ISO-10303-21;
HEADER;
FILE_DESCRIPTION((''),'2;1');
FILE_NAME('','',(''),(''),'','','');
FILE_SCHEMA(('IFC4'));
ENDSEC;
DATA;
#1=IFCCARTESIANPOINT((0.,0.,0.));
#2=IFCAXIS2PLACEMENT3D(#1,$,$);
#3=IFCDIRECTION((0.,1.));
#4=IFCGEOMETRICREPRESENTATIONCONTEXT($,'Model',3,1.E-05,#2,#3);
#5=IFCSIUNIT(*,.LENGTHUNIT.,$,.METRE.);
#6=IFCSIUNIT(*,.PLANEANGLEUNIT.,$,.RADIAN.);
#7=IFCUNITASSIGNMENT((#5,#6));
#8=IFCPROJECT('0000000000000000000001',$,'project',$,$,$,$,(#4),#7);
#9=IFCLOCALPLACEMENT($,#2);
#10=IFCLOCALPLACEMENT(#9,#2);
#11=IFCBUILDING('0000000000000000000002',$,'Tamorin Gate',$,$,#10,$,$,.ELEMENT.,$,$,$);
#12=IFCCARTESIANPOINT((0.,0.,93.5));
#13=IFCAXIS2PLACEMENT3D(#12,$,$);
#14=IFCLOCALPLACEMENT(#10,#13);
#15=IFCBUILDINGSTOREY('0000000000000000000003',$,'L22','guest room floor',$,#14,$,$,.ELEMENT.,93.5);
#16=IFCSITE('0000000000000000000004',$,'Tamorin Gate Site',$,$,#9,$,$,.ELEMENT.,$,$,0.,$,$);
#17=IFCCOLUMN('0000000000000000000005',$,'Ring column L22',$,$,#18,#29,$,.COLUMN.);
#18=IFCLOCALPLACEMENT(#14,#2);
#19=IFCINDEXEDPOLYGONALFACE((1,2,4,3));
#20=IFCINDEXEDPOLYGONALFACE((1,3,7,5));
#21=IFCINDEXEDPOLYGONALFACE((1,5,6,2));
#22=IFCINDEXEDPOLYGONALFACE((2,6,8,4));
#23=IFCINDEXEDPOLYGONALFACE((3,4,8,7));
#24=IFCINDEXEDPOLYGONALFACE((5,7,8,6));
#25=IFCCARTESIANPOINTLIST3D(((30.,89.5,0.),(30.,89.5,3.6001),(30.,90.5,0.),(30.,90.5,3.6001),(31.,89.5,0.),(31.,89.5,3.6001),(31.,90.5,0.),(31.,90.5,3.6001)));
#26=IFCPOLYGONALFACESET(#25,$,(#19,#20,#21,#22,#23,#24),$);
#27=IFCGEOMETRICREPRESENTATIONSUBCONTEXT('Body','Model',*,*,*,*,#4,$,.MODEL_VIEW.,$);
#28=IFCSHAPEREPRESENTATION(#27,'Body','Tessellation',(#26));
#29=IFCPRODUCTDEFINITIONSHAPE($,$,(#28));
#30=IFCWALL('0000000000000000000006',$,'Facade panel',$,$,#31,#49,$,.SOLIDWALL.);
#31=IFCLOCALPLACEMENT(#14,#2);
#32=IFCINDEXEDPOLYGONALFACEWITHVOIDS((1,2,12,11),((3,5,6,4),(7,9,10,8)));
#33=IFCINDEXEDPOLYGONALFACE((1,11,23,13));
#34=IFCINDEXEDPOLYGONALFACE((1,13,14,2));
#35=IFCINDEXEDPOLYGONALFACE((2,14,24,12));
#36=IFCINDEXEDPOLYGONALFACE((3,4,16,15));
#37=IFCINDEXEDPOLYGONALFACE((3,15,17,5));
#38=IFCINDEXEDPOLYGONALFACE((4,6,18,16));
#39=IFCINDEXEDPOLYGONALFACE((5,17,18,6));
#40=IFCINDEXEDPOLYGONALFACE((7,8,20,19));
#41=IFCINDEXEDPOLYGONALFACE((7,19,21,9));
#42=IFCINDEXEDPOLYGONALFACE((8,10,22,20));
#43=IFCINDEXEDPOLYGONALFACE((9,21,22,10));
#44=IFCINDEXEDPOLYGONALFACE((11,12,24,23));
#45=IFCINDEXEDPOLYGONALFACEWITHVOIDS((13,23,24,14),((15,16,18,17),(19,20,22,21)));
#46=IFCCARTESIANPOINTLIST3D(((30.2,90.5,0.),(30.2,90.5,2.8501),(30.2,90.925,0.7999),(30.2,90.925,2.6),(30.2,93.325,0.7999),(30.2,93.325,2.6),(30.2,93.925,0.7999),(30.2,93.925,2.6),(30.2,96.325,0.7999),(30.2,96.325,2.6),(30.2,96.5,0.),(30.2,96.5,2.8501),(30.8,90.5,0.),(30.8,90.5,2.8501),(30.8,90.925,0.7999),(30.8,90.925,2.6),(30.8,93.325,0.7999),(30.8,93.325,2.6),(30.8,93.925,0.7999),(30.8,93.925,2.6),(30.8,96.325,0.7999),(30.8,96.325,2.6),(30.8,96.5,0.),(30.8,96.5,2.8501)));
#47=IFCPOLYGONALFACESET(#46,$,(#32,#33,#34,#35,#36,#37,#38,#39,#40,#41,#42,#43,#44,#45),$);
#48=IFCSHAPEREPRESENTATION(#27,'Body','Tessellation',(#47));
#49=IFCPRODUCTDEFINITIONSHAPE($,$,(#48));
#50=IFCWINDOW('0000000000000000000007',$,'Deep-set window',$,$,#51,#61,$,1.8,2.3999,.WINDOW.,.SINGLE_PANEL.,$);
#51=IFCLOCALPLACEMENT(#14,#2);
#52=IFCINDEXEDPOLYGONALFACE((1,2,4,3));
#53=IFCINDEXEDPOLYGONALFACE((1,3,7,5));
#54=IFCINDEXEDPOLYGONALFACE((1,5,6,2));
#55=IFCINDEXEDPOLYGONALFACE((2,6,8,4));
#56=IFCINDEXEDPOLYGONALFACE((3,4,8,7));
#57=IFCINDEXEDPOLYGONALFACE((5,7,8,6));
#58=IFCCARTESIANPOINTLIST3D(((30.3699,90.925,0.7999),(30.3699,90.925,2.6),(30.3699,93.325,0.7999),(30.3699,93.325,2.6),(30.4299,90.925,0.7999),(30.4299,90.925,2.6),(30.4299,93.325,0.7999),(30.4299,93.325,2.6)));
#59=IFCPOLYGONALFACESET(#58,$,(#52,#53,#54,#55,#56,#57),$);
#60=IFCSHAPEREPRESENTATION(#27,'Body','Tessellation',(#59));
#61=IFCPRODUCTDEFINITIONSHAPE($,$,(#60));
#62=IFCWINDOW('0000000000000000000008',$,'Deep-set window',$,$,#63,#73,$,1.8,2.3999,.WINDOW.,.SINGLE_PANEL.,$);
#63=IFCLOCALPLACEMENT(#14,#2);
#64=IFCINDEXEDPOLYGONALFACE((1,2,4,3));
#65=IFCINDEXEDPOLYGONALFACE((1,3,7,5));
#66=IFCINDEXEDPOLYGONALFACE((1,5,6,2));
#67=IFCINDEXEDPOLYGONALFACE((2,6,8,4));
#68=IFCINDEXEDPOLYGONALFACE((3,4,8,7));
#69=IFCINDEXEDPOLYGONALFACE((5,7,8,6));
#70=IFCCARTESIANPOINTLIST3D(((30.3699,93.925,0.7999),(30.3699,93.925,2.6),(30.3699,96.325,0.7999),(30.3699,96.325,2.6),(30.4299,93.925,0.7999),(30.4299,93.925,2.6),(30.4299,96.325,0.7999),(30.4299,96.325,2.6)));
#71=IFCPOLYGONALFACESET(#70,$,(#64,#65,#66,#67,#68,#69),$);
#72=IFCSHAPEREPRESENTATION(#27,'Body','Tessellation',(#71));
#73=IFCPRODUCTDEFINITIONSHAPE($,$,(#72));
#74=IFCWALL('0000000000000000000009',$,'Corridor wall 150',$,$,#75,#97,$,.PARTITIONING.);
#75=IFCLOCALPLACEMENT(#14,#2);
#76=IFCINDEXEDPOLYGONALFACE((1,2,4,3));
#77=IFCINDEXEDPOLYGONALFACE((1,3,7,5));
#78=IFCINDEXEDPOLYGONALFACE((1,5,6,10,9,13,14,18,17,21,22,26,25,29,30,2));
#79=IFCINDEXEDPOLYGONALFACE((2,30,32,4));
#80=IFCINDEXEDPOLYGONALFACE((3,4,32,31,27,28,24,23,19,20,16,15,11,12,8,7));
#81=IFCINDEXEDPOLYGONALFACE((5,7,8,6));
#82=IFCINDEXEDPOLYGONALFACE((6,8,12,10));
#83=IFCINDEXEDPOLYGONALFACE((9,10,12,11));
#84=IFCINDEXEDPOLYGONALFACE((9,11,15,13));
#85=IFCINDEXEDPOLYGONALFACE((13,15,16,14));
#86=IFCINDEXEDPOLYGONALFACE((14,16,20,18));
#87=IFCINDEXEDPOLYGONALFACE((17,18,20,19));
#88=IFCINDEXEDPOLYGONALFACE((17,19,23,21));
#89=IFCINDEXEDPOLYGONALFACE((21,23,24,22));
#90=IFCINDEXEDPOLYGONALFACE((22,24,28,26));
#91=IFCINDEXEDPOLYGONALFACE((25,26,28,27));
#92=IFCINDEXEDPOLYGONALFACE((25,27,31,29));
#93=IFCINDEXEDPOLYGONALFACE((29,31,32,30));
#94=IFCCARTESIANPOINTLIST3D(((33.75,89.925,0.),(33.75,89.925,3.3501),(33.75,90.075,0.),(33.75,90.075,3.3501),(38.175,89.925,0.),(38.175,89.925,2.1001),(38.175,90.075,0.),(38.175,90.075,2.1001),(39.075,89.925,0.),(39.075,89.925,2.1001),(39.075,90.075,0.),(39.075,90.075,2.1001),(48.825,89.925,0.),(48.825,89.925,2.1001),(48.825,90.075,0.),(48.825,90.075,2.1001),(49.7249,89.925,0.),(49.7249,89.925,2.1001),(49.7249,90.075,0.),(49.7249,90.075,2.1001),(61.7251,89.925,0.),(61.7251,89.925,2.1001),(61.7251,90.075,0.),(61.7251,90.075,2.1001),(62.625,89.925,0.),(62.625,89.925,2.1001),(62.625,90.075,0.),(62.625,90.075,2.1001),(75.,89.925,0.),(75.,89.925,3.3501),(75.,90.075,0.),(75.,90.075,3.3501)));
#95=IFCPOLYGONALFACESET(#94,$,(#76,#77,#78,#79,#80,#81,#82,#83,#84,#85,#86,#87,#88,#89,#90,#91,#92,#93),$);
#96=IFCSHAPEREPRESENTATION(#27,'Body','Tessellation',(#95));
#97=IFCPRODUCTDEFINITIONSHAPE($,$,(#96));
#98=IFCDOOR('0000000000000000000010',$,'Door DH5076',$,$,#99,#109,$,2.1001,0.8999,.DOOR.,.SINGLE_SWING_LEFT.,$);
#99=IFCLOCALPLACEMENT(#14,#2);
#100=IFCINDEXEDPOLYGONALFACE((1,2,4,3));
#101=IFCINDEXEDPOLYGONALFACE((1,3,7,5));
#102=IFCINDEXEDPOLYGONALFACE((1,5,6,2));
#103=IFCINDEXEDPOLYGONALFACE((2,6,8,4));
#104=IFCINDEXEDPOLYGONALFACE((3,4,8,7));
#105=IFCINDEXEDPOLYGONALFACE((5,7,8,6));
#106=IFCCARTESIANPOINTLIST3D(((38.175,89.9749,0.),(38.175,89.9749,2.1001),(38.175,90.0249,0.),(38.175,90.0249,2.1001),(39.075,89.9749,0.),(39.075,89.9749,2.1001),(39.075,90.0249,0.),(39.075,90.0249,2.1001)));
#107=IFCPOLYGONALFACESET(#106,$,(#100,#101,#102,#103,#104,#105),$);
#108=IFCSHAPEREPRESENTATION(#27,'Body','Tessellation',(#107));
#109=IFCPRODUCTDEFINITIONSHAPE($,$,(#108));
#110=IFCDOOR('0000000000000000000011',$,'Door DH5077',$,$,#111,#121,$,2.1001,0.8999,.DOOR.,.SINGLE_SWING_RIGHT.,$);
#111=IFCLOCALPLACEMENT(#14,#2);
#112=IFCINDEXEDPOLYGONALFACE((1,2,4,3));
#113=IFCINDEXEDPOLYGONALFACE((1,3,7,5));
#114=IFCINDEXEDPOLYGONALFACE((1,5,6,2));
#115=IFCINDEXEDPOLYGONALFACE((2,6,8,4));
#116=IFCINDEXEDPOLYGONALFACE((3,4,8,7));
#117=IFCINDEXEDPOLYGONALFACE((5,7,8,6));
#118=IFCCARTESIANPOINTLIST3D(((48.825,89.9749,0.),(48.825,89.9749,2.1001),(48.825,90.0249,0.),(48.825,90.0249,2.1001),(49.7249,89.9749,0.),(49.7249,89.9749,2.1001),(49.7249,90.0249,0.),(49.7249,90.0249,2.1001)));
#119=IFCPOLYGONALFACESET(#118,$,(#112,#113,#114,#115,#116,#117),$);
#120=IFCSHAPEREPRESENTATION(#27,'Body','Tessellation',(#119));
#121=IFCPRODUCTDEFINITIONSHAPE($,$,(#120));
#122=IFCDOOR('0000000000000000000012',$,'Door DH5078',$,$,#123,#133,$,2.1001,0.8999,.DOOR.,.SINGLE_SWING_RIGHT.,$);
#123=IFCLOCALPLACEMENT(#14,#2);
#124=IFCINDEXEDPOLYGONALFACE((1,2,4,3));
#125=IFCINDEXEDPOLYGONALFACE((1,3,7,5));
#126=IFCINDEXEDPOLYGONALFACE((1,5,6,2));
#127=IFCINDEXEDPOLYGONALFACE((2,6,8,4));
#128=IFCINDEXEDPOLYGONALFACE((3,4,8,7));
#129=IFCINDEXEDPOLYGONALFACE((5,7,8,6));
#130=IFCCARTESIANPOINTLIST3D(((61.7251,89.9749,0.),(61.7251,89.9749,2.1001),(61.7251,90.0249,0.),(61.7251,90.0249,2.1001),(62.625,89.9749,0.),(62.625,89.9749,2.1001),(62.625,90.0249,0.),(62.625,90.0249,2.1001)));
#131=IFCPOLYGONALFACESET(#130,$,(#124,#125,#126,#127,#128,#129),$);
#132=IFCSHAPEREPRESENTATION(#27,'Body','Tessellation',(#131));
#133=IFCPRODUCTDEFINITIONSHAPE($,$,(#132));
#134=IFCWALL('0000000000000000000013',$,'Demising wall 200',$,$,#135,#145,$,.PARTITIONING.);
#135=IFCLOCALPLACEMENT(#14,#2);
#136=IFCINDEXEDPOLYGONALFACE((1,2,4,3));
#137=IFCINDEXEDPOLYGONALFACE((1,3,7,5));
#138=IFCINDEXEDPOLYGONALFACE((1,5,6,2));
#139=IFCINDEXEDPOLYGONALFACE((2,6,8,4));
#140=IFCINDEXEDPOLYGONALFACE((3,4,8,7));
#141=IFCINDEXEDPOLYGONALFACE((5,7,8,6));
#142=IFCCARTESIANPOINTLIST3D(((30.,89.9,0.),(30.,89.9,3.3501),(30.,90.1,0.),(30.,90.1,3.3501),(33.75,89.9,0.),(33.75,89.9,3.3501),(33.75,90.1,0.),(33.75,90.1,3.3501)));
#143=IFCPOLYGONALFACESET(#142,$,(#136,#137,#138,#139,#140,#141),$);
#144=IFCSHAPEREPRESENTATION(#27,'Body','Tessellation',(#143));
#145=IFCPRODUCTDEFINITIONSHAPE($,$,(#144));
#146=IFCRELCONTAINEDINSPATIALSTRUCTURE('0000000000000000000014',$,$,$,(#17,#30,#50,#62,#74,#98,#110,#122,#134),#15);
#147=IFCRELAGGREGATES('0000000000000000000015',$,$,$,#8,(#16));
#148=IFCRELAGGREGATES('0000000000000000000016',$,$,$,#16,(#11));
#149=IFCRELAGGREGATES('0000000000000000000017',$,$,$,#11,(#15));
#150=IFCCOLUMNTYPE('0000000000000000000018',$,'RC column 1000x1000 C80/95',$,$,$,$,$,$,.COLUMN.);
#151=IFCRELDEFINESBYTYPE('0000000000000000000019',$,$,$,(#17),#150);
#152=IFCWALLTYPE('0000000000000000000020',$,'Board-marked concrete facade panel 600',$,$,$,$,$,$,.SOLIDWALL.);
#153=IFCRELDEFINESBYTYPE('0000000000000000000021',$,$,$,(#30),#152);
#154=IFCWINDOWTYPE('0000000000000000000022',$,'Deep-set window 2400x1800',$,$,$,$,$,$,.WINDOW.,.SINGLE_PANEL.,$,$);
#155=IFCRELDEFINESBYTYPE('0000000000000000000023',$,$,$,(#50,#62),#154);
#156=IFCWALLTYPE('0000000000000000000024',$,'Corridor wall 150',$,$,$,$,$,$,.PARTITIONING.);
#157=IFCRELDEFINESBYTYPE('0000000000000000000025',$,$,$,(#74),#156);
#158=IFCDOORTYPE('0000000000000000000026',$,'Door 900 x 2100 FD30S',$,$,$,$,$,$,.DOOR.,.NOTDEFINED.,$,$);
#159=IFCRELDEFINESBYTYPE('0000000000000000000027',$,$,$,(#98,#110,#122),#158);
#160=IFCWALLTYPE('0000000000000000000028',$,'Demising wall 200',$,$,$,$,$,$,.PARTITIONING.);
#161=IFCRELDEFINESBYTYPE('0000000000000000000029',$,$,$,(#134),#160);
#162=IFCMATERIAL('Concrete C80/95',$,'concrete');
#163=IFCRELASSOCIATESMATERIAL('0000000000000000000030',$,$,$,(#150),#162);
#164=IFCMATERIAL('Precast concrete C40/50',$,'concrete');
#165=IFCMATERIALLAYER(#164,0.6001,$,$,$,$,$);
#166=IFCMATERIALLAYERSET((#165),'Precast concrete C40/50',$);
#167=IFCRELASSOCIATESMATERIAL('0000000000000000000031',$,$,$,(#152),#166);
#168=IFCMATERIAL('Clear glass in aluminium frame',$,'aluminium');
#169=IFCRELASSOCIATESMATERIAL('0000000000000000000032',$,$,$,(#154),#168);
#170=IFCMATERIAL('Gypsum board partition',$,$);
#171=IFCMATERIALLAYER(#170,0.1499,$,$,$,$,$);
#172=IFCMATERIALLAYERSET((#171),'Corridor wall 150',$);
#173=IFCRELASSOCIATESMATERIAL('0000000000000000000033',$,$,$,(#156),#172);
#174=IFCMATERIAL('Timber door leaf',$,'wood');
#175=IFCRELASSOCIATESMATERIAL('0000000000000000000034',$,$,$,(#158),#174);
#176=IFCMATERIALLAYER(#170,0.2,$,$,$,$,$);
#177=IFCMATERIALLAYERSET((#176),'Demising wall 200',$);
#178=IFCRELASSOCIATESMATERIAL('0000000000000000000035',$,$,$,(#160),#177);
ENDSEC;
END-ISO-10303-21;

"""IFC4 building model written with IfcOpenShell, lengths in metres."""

from ifc_helpers import new_model, si_unit, direction, frame, frame_2d, origin, origin_2d, place, context, subcontext, project, spatial, rectangle, extrude, material, layer, layer_set, material_profile, profile_set, type_object, element, fill, save


model = new_model("IFC4")

# Units and contexts
model_context = context("Model", 3, precision=1e-05, world=origin(), true_north=direction((0.0, 1.0)))
body_context = subcontext(model_context, "Body", "Model", "MODEL_VIEW")
ifc_project = project(units=[si_unit("LENGTHUNIT", "METRE"), si_unit("PLANEANGLEUNIT", "RADIAN")], contexts=[model_context])

# Site, building, storey
site_placement = place(None, origin())
site = spatial("IfcSite", under=ifc_project, at=site_placement, Name="Tamorin Gate Site", CompositionType="ELEMENT", RefElevation=0.0)
building_placement = place(site_placement, origin())
building = spatial("IfcBuilding", under=site, at=building_placement, Name="Tamorin Gate", CompositionType="ELEMENT")
storey_placement = place(building_placement, frame((0.0, 0.0, 93.5)))
storey = spatial("IfcBuildingStorey", under=building, at=storey_placement, Name="L22", Description="guest room floor", CompositionType="ELEMENT", Elevation=93.5)

# Column
ifc_material_1 = material(Name="Concrete C80/95", Category="concrete")
ifc_material_profile = material_profile(ifc_material_1, rectangle(XDim=1.0, YDim=1.0, at=origin_2d()), Name="RC 1000x1000")
ifc_profile_set = profile_set([ifc_material_profile], Name="Concrete C80/95")
column_type = type_object("IfcColumnType", Name="RC column 1000x1000 C80/95", PredefinedType="COLUMN", material=ifc_profile_set)
column_placement = place(storey_placement, frame((30.5, 90.0, 0.0), z_axis=(0.0, 0.0, 1.0), x_axis=(1.0, 0.0, 0.0)))
element("IfcColumn", 1, at=column_placement, inside=storey, type_object=column_type, Name="Ring column L22", PredefinedType="COLUMN", context=body_context, shape_type="SweptSolid", body=[
    extrude(rectangle(XDim=1.0, YDim=1.0, at=origin_2d()), origin(), (0.0, 0.0, 1.0), 3.6001),
])

# Wall, openings, windows
ifc_material_2 = material(Name="Precast concrete C40/50", Category="concrete")
ifc_layer_1 = layer(ifc_material_2, 0.6001)
ifc_layer_set_1 = layer_set([ifc_layer_1], Name="Precast concrete C40/50")
wall_type_1 = type_object("IfcWallType", Name="Board-marked concrete facade panel 600", PredefinedType="SOLIDWALL", material=ifc_layer_set_1)
wall_1_placement = place(storey_placement, frame((30.5, 96.5, 0.0), z_axis=(0.0, 0.0, 1.0), x_axis=(0.0, -1.0, 0.0)))
wall_1 = element("IfcWall", 2, at=wall_1_placement, inside=storey, type_object=wall_type_1, Name="Facade panel", PredefinedType="SOLIDWALL", context=body_context, shape_type="SweptSolid", body=[
    extrude(rectangle(XDim=6.0, YDim=0.6001, at=frame_2d((3.0, 0.0))), origin(), (0.0, 0.0, 1.0), 2.8501),
])
opening_1_placement = place(wall_1_placement, frame((3.175, 0.0, 0.8)))
opening_1 = element("IfcOpeningElement", 3, at=opening_1_placement, cuts=wall_1, PredefinedType="OPENING", context=body_context, shape_type="SweptSolid", body=[
    extrude(rectangle(XDim=2.3999, YDim=1.8, at=frame_2d((1.2, 0.8999))), frame((0.0, 0.3101, 0.0), z_axis=(0.0, -1.0, 0.0), x_axis=(1.0, 0.0, 0.0)), (0.0, 0.0, 1.0), 0.6201),
])
opening_2_placement = place(wall_1_placement, frame((0.175, 0.0, 0.8)))
opening_2 = element("IfcOpeningElement", 4, at=opening_2_placement, cuts=wall_1, PredefinedType="OPENING", context=body_context, shape_type="SweptSolid", body=[
    extrude(rectangle(XDim=2.3999, YDim=1.8, at=frame_2d((1.2, 0.8999))), frame((0.0, 0.3101, 0.0), z_axis=(0.0, -1.0, 0.0), x_axis=(1.0, 0.0, 0.0)), (0.0, 0.0, 1.0), 0.6201),
])
ifc_material_3 = material(Name="Clear glass in aluminium frame", Category="aluminium")
window_type = type_object("IfcWindowType", Name="Deep-set window 2400x1800", PartitioningType="SINGLE_PANEL", PredefinedType="WINDOW", material=ifc_material_3)
window_1_placement = place(opening_1_placement, origin())
window_1 = element("IfcWindow", 5, at=window_1_placement, inside=storey, type_object=window_type, Name="Deep-set window", OverallHeight=1.8, OverallWidth=2.3999, PartitioningType="SINGLE_PANEL", PredefinedType="WINDOW", context=body_context, shape_type="SweptSolid", body=[
    extrude(rectangle(XDim=2.3999, YDim=1.8, at=frame_2d((1.2, 0.8999))), frame((0.0, -0.0701, 0.0), z_axis=(0.0, -1.0, 0.0), x_axis=(1.0, 0.0, 0.0)), (0.0, 0.0, 1.0), 0.0601),
])
fill(opening_1, window_1)
window_2_placement = place(opening_2_placement, origin())
window_2 = element("IfcWindow", 6, at=window_2_placement, inside=storey, type_object=window_type, Name="Deep-set window", OverallHeight=1.8, OverallWidth=2.3999, PartitioningType="SINGLE_PANEL", PredefinedType="WINDOW", context=body_context, shape_type="SweptSolid", body=[
    extrude(rectangle(XDim=2.3999, YDim=1.8, at=frame_2d((1.2, 0.8999))), frame((0.0, -0.0701, 0.0), z_axis=(0.0, -1.0, 0.0), x_axis=(1.0, 0.0, 0.0)), (0.0, 0.0, 1.0), 0.0601),
])
fill(opening_2, window_2)

# Wall, openings, doors
ifc_material_4 = material(Name="Gypsum board partition")
ifc_layer_2 = layer(ifc_material_4, 0.1499)
ifc_layer_set_2 = layer_set([ifc_layer_2], Name="Corridor wall 150")
wall_type_2 = type_object("IfcWallType", Name="Corridor wall 150", PredefinedType="PARTITIONING", material=ifc_layer_set_2)
wall_2_placement = place(storey_placement, frame((33.75, 90.0, 0.0), z_axis=(0.0, 0.0, 1.0), x_axis=(1.0, 0.0, 0.0)))
wall_2 = element("IfcWall", 7, at=wall_2_placement, inside=storey, type_object=wall_type_2, Name="Corridor wall 150", PredefinedType="PARTITIONING", context=body_context, shape_type="SweptSolid", body=[
    extrude(rectangle(XDim=41.25, YDim=0.1499, at=frame_2d((20.625, 0.0))), origin(), (0.0, 0.0, 1.0), 3.3501),
])
opening_3_placement = place(wall_2_placement, frame((4.425, 0.0, 0.0)))
opening_3 = element("IfcOpeningElement", 8, at=opening_3_placement, cuts=wall_2, PredefinedType="OPENING", context=body_context, shape_type="SweptSolid", body=[
    extrude(rectangle(XDim=0.8999, YDim=2.1001, at=frame_2d((0.45, 1.05))), frame((0.0, 0.085, 0.0), z_axis=(0.0, -1.0, 0.0), x_axis=(1.0, 0.0, 0.0)), (0.0, 0.0, 1.0), 0.1699),
])
opening_4_placement = place(wall_2_placement, frame((15.075, 0.0, 0.0)))
opening_4 = element("IfcOpeningElement", 9, at=opening_4_placement, cuts=wall_2, PredefinedType="OPENING", context=body_context, shape_type="SweptSolid", body=[
    extrude(rectangle(XDim=0.8999, YDim=2.1001, at=frame_2d((0.45, 1.05))), frame((0.0, 0.085, 0.0), z_axis=(0.0, -1.0, 0.0), x_axis=(1.0, 0.0, 0.0)), (0.0, 0.0, 1.0), 0.1699),
])
opening_5_placement = place(wall_2_placement, frame((27.9751, 0.0, 0.0)))
opening_5 = element("IfcOpeningElement", 10, at=opening_5_placement, cuts=wall_2, PredefinedType="OPENING", context=body_context, shape_type="SweptSolid", body=[
    extrude(rectangle(XDim=0.8999, YDim=2.1001, at=frame_2d((0.45, 1.05))), frame((0.0, 0.085, 0.0), z_axis=(0.0, -1.0, 0.0), x_axis=(1.0, 0.0, 0.0)), (0.0, 0.0, 1.0), 0.1699),
])
ifc_material_5 = material(Name="Timber door leaf", Category="wood")
door_type_1 = type_object("IfcDoorType", Name="Door 900 x 2100 FD30S", OperationType="NOTDEFINED", PredefinedType="DOOR", material=ifc_material_5)
door_1_placement = place(opening_3_placement, origin())
door_1 = element("IfcDoor", 11, at=door_1_placement, inside=storey, type_object=door_type_1, Name="Door DH5076", OperationType="SINGLE_SWING_LEFT", OverallHeight=2.1001, OverallWidth=0.8999, PredefinedType="DOOR", context=body_context, shape_type="SweptSolid", body=[
    extrude(rectangle(XDim=0.8999, YDim=2.1001, at=frame_2d((0.45, 1.05))), frame((0.0, 0.0249, 0.0), z_axis=(0.0, -1.0, 0.0), x_axis=(1.0, 0.0, 0.0)), (0.0, 0.0, 1.0), 0.05),
])
fill(opening_3, door_1)
door_2_placement = place(opening_4_placement, origin())
door_2 = element("IfcDoor", 12, at=door_2_placement, inside=storey, type_object=door_type_1, Name="Door DH5077", OperationType="SINGLE_SWING_RIGHT", OverallHeight=2.1001, OverallWidth=0.8999, PredefinedType="DOOR", context=body_context, shape_type="SweptSolid", body=[
    extrude(rectangle(XDim=0.8999, YDim=2.1001, at=frame_2d((0.45, 1.05))), frame((0.0, 0.0249, 0.0), z_axis=(0.0, -1.0, 0.0), x_axis=(1.0, 0.0, 0.0)), (0.0, 0.0, 1.0), 0.05),
])
fill(opening_4, door_2)
door_3_placement = place(opening_5_placement, origin())
door_3 = element("IfcDoor", 13, at=door_3_placement, inside=storey, type_object=door_type_1, Name="Door DH5078", OperationType="SINGLE_SWING_RIGHT", OverallHeight=2.1001, OverallWidth=0.8999, PredefinedType="DOOR", context=body_context, shape_type="SweptSolid", body=[
    extrude(rectangle(XDim=0.8999, YDim=2.1001, at=frame_2d((0.45, 1.05))), frame((0.0, 0.0249, 0.0), z_axis=(0.0, -1.0, 0.0), x_axis=(1.0, 0.0, 0.0)), (0.0, 0.0, 1.0), 0.05),
])
fill(opening_5, door_3)

# Wall
ifc_layer_3 = layer(ifc_material_4, 0.2)
ifc_layer_set_3 = layer_set([ifc_layer_3], Name="Demising wall 200")
wall_type_3 = type_object("IfcWallType", Name="Demising wall 200", PredefinedType="PARTITIONING", material=ifc_layer_set_3)
wall_3_placement = place(storey_placement, frame((30.0, 90.0, 0.0), z_axis=(0.0, 0.0, 1.0), x_axis=(1.0, 0.0, 0.0)))
element("IfcWall", 14, at=wall_3_placement, inside=storey, type_object=wall_type_3, Name="Demising wall 200", PredefinedType="PARTITIONING", context=body_context, shape_type="SweptSolid", body=[
    extrude(rectangle(XDim=3.75, YDim=0.2, at=frame_2d((1.875, 0.0))), origin(), (0.0, 0.0, 1.0), 3.3501),
])

save(model, "model.ifc")
